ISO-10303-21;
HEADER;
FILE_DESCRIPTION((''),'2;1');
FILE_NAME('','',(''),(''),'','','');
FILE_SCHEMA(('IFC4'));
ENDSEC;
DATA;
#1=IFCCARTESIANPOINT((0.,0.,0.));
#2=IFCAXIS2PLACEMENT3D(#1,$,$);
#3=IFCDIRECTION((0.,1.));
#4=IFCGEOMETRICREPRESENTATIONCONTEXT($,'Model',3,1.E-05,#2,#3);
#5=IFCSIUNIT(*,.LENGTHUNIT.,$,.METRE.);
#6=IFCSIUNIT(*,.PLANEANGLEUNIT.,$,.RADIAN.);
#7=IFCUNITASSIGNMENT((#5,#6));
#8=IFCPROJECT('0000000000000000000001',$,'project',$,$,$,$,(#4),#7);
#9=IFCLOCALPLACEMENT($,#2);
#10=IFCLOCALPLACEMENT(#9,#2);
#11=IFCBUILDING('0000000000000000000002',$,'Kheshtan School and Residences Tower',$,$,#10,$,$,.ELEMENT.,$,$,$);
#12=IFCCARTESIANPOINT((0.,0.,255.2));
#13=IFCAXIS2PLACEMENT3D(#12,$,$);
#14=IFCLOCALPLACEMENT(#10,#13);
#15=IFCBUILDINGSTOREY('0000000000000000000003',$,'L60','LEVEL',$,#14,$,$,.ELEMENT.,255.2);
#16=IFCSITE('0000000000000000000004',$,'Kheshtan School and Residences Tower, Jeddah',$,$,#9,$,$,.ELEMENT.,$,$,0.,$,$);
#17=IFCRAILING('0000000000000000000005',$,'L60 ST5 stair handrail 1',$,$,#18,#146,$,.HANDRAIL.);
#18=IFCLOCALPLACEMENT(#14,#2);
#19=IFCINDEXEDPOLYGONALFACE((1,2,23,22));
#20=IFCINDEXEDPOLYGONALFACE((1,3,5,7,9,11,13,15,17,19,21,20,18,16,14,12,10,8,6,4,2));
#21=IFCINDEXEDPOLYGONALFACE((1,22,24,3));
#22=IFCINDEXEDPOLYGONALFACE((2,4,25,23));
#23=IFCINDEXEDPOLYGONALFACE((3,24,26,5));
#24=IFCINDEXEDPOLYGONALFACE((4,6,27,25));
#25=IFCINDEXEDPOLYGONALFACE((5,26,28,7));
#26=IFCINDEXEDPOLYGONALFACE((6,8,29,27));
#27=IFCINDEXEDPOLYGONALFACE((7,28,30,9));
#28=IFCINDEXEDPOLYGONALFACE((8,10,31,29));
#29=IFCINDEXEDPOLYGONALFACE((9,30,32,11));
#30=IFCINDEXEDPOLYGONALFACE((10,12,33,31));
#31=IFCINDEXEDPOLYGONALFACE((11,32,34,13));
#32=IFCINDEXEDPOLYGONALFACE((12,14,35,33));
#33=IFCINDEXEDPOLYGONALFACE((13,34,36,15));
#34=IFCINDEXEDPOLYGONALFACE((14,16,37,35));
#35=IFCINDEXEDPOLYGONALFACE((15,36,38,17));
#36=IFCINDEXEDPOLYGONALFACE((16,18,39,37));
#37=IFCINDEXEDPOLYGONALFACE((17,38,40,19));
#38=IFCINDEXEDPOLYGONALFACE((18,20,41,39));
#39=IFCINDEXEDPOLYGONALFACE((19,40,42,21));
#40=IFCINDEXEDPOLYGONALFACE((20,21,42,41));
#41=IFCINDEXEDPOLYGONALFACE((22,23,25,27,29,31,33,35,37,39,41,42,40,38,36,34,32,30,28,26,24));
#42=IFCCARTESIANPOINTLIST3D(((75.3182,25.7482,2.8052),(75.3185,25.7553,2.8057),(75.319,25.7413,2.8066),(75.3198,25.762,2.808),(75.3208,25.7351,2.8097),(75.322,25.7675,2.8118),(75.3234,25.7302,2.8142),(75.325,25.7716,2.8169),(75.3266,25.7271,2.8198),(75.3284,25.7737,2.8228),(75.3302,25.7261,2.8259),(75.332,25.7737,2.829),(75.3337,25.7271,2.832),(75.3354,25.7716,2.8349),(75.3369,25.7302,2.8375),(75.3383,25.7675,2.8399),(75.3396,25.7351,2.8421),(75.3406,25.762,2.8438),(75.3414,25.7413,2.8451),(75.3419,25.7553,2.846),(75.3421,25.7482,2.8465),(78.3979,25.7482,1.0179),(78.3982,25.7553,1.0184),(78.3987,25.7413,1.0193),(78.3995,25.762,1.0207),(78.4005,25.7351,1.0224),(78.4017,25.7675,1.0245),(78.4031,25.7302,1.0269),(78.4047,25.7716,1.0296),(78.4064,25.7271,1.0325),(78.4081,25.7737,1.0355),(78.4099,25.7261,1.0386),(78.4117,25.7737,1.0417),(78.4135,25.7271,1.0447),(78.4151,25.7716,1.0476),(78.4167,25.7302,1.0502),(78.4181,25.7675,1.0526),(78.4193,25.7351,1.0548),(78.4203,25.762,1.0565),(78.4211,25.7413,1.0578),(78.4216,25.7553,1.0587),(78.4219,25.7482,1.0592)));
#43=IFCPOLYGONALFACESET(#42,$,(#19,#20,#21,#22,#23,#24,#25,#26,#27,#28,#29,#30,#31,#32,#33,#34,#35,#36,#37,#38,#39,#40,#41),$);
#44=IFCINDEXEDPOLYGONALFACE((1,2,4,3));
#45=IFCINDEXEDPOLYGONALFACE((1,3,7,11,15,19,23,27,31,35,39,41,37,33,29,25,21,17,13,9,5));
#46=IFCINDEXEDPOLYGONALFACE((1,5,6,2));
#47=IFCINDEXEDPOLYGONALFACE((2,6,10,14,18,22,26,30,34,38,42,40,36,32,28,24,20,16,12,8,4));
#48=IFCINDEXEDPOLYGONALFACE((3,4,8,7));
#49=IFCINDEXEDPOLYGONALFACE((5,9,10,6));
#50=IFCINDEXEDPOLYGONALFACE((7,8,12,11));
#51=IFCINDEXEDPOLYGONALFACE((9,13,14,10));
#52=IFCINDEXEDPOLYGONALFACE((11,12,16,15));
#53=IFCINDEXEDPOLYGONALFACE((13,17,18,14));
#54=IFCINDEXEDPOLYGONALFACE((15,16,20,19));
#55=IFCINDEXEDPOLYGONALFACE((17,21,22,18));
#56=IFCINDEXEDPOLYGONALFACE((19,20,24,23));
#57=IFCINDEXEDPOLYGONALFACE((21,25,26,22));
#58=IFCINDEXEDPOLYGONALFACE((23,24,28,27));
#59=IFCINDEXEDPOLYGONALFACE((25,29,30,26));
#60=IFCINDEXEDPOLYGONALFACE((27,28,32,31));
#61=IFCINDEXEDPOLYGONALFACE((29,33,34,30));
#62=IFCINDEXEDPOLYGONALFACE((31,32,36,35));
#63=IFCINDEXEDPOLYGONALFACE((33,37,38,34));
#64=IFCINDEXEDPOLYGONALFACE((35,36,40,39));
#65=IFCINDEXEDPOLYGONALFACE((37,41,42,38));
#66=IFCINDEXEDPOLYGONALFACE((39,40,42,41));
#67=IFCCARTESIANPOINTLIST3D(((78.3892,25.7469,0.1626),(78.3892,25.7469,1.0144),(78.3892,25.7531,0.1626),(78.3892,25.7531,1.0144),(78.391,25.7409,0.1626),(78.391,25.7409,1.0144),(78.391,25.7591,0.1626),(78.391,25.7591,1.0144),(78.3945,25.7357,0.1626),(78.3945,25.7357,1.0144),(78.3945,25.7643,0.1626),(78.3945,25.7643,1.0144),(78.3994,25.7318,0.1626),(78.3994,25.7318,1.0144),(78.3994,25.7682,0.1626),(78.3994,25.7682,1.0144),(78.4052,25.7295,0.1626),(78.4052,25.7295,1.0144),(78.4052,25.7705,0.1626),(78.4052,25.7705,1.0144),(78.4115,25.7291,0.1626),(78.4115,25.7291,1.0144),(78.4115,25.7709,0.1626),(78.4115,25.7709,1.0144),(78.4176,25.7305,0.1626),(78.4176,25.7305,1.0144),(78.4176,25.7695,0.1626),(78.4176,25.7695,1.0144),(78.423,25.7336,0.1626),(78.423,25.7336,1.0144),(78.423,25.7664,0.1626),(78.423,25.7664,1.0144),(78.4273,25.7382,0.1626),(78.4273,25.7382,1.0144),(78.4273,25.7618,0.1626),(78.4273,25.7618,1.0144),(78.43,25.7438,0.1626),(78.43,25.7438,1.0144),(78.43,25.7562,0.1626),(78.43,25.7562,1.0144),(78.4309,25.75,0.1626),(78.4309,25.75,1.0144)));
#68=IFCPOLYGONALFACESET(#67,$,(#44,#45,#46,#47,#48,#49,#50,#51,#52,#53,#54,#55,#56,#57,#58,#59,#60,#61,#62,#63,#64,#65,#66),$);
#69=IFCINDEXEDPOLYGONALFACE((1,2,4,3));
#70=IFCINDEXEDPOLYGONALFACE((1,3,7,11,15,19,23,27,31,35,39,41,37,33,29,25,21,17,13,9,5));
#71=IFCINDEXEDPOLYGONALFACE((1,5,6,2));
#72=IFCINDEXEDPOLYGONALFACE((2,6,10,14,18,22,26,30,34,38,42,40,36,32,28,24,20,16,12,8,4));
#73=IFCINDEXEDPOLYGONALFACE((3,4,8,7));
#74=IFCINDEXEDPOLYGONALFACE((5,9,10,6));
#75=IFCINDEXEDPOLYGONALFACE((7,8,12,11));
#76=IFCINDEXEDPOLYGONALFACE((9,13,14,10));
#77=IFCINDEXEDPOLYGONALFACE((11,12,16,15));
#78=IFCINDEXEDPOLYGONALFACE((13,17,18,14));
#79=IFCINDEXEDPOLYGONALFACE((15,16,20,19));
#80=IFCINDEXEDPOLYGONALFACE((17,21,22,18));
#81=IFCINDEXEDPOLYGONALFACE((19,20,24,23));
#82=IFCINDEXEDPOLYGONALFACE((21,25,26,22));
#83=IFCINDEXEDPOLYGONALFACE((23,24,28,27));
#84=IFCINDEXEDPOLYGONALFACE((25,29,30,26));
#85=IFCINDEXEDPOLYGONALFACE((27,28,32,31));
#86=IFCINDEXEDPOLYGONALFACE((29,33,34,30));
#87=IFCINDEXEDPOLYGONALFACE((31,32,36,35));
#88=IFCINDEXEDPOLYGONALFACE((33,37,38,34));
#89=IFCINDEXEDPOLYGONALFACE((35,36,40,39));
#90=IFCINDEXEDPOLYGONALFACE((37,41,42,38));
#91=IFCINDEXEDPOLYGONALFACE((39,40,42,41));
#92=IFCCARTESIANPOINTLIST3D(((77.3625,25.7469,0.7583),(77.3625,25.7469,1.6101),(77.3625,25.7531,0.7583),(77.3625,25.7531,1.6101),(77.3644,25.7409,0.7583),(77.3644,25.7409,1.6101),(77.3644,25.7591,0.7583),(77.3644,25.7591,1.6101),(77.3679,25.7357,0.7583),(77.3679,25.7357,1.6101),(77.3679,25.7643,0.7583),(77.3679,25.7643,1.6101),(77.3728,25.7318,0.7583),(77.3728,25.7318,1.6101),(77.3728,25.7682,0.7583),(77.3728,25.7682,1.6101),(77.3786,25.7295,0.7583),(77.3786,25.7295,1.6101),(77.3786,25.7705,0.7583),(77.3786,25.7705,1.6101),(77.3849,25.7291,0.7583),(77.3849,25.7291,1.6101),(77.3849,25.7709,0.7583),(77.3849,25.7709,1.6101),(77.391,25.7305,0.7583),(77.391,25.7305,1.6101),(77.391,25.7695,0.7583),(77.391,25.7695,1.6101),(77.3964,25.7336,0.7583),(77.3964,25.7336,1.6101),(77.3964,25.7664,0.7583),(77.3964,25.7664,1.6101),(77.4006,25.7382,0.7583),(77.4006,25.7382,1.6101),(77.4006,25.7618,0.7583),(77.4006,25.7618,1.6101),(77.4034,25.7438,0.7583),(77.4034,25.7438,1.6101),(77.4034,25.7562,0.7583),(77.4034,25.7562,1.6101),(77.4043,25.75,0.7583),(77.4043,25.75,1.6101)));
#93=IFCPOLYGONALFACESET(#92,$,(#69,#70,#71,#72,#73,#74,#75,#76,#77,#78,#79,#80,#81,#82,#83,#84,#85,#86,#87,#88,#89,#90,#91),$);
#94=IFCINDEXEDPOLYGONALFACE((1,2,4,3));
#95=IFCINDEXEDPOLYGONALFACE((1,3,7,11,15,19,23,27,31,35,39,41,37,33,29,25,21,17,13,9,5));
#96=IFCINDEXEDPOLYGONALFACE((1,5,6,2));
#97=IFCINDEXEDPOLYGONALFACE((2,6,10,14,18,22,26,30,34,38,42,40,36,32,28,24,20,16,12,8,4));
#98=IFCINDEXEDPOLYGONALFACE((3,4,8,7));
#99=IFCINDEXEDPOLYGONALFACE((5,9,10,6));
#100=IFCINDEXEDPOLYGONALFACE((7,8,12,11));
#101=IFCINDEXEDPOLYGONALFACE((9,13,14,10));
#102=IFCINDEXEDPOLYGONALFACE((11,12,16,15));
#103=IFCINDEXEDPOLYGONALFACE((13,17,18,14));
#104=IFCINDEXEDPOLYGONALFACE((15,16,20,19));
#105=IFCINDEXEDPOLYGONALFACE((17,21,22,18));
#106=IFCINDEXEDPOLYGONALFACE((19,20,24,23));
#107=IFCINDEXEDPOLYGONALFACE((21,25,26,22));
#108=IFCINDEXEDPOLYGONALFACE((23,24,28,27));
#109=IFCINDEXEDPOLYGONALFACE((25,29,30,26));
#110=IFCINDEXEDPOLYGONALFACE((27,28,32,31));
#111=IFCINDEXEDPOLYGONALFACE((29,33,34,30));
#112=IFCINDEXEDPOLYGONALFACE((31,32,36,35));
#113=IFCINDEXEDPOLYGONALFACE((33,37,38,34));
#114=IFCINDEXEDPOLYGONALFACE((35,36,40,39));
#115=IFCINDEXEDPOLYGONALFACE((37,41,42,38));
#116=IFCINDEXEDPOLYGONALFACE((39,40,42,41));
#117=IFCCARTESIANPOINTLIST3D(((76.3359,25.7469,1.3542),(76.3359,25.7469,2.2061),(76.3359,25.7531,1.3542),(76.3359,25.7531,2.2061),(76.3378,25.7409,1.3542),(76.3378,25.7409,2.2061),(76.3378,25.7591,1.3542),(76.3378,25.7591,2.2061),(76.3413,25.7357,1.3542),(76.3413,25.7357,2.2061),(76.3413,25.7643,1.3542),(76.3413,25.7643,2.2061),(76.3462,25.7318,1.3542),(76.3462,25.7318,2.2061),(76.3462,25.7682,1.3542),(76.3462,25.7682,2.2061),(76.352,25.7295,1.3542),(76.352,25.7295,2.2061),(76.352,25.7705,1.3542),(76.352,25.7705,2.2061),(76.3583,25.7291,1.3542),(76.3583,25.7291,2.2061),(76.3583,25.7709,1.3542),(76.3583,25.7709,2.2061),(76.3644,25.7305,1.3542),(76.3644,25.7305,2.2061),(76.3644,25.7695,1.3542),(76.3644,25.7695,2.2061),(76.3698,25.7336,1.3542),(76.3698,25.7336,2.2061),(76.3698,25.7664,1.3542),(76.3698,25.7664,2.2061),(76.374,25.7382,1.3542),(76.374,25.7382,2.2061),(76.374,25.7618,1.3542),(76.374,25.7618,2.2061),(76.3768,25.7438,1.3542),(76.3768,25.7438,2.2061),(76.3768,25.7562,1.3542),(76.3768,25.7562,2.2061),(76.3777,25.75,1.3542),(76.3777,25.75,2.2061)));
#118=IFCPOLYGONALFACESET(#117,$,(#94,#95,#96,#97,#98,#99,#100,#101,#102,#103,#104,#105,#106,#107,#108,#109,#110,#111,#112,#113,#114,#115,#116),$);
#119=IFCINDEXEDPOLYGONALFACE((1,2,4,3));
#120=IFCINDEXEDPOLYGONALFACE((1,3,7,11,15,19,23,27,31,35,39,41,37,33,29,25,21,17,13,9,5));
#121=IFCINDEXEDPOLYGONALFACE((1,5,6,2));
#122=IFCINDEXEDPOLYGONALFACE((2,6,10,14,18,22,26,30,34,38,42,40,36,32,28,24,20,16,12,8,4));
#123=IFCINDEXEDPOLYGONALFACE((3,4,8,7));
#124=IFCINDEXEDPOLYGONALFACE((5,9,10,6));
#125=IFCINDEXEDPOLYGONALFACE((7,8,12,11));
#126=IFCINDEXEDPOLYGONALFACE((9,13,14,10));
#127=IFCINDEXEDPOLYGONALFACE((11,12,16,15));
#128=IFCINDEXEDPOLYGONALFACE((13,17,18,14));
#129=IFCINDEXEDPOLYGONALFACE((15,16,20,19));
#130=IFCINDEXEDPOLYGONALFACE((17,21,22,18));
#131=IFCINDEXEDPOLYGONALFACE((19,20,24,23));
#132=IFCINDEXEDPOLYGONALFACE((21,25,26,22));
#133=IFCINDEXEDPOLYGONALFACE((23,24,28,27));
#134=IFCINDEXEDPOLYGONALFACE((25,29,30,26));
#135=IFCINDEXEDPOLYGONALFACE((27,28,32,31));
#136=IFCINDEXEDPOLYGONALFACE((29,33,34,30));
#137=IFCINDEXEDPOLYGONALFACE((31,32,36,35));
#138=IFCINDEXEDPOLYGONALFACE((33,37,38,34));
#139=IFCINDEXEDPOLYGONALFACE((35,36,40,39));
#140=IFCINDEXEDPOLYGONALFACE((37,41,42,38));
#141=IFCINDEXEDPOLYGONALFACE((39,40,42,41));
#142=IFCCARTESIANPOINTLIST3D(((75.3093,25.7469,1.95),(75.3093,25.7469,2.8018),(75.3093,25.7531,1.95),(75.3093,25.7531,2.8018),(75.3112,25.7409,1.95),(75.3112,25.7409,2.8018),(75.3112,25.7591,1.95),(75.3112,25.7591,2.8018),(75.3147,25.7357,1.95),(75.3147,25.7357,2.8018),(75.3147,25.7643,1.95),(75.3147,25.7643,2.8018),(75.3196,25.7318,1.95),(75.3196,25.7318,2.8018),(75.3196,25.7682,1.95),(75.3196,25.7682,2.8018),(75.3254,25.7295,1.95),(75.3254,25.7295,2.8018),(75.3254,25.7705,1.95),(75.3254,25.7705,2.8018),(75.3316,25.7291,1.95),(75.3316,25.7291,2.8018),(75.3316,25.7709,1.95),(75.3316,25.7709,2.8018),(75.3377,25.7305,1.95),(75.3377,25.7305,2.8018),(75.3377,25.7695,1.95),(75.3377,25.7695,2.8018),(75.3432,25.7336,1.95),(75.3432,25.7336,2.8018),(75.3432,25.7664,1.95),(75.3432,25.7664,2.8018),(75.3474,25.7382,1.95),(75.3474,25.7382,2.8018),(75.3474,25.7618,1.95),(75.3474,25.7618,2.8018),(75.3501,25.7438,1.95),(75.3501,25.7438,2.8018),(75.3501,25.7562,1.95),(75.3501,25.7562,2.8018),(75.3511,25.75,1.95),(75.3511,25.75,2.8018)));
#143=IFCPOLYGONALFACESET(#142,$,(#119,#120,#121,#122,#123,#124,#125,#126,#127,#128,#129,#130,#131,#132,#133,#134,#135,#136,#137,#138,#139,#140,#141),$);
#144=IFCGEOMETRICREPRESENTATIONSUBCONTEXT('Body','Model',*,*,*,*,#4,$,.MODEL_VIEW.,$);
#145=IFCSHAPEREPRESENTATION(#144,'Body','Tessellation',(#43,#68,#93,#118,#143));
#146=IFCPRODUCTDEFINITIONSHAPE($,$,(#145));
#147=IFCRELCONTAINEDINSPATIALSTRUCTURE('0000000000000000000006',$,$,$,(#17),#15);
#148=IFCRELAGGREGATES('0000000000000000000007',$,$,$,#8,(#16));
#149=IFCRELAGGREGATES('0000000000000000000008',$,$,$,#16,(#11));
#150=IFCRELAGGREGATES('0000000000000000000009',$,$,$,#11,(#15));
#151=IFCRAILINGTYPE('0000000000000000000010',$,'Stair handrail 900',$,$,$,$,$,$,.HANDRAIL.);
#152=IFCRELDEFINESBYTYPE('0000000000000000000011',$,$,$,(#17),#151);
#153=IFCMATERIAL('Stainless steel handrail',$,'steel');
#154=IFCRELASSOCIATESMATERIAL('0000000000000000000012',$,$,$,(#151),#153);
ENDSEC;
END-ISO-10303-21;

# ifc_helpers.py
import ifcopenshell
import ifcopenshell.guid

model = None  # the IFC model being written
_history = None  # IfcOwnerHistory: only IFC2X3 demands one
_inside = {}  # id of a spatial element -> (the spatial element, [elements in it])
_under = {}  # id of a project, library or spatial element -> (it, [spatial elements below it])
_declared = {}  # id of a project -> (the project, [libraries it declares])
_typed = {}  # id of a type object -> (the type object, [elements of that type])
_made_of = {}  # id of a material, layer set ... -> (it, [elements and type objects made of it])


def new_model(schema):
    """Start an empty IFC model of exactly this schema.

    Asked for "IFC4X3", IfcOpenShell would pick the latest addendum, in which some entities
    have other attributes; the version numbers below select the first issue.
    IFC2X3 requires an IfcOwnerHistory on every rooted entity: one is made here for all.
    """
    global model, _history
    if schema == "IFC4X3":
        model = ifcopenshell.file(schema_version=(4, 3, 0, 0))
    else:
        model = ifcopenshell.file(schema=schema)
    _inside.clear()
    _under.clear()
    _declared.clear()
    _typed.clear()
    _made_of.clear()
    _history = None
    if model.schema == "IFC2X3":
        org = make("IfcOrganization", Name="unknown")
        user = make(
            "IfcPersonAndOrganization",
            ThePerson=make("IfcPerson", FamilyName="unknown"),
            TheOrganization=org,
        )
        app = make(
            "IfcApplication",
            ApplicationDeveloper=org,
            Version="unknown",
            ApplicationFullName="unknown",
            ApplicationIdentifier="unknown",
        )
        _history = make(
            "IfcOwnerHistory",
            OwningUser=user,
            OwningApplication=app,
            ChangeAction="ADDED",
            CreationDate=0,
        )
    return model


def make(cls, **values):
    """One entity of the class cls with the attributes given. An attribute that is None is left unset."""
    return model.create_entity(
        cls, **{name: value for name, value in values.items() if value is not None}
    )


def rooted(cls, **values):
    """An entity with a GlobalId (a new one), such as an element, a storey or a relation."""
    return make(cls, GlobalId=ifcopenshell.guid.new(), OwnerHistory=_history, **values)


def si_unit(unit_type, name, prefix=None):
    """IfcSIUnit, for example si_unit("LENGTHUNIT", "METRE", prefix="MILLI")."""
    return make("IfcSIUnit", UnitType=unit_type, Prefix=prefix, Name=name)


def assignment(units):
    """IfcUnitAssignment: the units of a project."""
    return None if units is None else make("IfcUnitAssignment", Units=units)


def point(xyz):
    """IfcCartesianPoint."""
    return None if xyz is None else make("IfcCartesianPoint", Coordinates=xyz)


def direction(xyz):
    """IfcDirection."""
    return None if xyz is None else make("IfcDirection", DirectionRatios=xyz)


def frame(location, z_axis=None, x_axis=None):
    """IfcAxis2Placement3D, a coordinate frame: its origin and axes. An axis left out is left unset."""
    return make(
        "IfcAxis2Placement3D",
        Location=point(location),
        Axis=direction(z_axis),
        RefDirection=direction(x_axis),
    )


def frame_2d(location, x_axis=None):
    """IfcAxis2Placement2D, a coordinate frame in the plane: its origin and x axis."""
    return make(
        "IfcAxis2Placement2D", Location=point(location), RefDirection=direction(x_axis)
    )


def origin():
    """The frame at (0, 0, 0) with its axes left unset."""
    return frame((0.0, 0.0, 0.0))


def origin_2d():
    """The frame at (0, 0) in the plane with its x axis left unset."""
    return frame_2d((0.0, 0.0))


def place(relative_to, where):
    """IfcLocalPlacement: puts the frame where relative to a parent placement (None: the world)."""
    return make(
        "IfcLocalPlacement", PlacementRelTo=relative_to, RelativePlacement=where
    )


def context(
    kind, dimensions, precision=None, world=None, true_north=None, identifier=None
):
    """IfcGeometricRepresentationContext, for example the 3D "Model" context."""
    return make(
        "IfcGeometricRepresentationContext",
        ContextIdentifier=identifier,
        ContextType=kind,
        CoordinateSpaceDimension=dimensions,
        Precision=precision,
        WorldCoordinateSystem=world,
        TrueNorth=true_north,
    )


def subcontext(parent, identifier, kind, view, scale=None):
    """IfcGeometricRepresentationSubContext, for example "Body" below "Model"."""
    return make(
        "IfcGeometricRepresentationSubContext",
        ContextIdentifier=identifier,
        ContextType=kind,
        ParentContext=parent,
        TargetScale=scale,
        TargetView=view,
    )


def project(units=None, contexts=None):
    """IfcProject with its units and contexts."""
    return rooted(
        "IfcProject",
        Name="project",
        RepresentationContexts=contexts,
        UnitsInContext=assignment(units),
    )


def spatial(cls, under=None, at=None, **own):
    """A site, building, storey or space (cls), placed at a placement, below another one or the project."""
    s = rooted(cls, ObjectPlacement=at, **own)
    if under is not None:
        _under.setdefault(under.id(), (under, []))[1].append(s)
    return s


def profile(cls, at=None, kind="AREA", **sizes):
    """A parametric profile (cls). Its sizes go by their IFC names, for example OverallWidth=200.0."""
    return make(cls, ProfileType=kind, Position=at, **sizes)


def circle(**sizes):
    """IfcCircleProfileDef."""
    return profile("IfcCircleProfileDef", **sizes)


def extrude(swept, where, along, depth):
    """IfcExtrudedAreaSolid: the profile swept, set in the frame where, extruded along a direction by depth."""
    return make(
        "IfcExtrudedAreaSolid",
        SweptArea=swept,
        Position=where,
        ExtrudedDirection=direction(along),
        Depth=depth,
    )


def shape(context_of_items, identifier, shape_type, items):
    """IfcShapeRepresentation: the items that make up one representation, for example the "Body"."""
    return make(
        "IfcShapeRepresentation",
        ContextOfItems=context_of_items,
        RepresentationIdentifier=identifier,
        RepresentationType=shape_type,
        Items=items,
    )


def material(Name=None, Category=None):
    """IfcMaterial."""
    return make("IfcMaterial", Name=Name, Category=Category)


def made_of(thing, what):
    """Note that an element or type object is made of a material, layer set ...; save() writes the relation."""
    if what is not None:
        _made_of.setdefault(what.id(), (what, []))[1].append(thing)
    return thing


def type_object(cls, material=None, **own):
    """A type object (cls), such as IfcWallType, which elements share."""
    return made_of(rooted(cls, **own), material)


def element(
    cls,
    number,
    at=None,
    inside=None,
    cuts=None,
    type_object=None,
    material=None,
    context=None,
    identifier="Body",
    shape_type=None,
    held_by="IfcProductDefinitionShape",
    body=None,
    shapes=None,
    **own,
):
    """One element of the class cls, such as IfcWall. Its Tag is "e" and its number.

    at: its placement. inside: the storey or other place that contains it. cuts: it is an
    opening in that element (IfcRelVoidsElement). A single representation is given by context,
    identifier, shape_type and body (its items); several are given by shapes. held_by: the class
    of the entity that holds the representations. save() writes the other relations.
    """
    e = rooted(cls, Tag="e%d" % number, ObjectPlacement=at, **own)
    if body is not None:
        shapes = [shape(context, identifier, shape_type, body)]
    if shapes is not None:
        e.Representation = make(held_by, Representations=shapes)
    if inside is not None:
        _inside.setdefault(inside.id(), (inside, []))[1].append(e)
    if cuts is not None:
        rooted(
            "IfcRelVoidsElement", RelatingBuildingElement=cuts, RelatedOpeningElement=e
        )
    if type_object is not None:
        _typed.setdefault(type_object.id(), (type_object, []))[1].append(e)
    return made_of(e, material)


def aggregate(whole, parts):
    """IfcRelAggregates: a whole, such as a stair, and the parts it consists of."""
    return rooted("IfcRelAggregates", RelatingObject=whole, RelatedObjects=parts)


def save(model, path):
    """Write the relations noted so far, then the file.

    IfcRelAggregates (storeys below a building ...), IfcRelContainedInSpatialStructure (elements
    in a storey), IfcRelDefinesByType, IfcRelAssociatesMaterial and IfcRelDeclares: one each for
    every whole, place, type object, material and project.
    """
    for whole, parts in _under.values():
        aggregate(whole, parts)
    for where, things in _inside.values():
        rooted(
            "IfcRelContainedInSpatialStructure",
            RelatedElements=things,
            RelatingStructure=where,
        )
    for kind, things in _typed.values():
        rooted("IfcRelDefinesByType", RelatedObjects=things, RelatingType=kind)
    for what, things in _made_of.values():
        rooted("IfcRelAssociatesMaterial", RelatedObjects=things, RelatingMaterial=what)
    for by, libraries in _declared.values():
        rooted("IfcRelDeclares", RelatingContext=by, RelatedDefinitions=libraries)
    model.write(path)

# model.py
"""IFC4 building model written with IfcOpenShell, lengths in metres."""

from ifc_helpers import new_model, si_unit, direction, frame, origin, origin_2d, place, context, subcontext, project, spatial, circle, extrude, material, type_object, element, save


model = new_model("IFC4")

# Units and contexts
model_context = context("Model", 3, precision=1e-05, world=origin(), true_north=direction((0.0, 1.0)))
body_context = subcontext(model_context, "Body", "Model", "MODEL_VIEW")
ifc_project = project(units=[si_unit("LENGTHUNIT", "METRE"), si_unit("PLANEANGLEUNIT", "RADIAN")], contexts=[model_context])

# Site, building, storey
site_placement = place(None, origin())
site = spatial("IfcSite", under=ifc_project, at=site_placement, Name="Kheshtan School and Residences Tower, Jeddah", CompositionType="ELEMENT", RefElevation=0.0)
building_placement = place(site_placement, origin())
building = spatial("IfcBuilding", under=site, at=building_placement, Name="Kheshtan School and Residences Tower", CompositionType="ELEMENT")
storey_placement = place(building_placement, frame((0.0, 0.0, 255.2)))
storey = spatial("IfcBuildingStorey", under=building, at=storey_placement, Name="L60", Description="LEVEL", CompositionType="ELEMENT", Elevation=255.2)

# Railing
ifc_material_1 = material(Name="Stainless steel handrail", Category="steel")
railing_type_1 = type_object("IfcRailingType", Name="Stair handrail 900", PredefinedType="HANDRAIL", material=ifc_material_1)
railing_1_placement = place(storey_placement, frame((78.4099, 25.75, 0.1626)))
element("IfcRailing", 1, at=railing_1_placement, inside=storey, type_object=railing_type_1, Name="L60 ST5 stair handrail 1", PredefinedType="HANDRAIL", context=body_context, shape_type="SweptSolid", body=[
    extrude(circle(Radius=0.0239, at=origin_2d()), frame((0.0, 0.0, 0.876), z_axis=(-0.864903, 0.0, 0.501939), x_axis=(0.0, -1.0, 0.0)), (0.0, 0.0, 1.0), 3.5608),
    extrude(circle(Radius=0.021, at=origin_2d()), origin(), (0.0, 0.0, 1.0), 0.8518),
    extrude(circle(Radius=0.021, at=origin_2d()), frame((-1.0266, 0.0, 0.5957)), (0.0, 0.0, 1.0), 0.8518),
    extrude(circle(Radius=0.021, at=origin_2d()), frame((-2.0532, 0.0, 1.1917)), (0.0, 0.0, 1.0), 0.8518),
    extrude(circle(Radius=0.021, at=origin_2d()), frame((-3.0798, 0.0, 1.7874)), (0.0, 0.0, 1.0), 0.8518),
])

save(model, "model.ifc")
